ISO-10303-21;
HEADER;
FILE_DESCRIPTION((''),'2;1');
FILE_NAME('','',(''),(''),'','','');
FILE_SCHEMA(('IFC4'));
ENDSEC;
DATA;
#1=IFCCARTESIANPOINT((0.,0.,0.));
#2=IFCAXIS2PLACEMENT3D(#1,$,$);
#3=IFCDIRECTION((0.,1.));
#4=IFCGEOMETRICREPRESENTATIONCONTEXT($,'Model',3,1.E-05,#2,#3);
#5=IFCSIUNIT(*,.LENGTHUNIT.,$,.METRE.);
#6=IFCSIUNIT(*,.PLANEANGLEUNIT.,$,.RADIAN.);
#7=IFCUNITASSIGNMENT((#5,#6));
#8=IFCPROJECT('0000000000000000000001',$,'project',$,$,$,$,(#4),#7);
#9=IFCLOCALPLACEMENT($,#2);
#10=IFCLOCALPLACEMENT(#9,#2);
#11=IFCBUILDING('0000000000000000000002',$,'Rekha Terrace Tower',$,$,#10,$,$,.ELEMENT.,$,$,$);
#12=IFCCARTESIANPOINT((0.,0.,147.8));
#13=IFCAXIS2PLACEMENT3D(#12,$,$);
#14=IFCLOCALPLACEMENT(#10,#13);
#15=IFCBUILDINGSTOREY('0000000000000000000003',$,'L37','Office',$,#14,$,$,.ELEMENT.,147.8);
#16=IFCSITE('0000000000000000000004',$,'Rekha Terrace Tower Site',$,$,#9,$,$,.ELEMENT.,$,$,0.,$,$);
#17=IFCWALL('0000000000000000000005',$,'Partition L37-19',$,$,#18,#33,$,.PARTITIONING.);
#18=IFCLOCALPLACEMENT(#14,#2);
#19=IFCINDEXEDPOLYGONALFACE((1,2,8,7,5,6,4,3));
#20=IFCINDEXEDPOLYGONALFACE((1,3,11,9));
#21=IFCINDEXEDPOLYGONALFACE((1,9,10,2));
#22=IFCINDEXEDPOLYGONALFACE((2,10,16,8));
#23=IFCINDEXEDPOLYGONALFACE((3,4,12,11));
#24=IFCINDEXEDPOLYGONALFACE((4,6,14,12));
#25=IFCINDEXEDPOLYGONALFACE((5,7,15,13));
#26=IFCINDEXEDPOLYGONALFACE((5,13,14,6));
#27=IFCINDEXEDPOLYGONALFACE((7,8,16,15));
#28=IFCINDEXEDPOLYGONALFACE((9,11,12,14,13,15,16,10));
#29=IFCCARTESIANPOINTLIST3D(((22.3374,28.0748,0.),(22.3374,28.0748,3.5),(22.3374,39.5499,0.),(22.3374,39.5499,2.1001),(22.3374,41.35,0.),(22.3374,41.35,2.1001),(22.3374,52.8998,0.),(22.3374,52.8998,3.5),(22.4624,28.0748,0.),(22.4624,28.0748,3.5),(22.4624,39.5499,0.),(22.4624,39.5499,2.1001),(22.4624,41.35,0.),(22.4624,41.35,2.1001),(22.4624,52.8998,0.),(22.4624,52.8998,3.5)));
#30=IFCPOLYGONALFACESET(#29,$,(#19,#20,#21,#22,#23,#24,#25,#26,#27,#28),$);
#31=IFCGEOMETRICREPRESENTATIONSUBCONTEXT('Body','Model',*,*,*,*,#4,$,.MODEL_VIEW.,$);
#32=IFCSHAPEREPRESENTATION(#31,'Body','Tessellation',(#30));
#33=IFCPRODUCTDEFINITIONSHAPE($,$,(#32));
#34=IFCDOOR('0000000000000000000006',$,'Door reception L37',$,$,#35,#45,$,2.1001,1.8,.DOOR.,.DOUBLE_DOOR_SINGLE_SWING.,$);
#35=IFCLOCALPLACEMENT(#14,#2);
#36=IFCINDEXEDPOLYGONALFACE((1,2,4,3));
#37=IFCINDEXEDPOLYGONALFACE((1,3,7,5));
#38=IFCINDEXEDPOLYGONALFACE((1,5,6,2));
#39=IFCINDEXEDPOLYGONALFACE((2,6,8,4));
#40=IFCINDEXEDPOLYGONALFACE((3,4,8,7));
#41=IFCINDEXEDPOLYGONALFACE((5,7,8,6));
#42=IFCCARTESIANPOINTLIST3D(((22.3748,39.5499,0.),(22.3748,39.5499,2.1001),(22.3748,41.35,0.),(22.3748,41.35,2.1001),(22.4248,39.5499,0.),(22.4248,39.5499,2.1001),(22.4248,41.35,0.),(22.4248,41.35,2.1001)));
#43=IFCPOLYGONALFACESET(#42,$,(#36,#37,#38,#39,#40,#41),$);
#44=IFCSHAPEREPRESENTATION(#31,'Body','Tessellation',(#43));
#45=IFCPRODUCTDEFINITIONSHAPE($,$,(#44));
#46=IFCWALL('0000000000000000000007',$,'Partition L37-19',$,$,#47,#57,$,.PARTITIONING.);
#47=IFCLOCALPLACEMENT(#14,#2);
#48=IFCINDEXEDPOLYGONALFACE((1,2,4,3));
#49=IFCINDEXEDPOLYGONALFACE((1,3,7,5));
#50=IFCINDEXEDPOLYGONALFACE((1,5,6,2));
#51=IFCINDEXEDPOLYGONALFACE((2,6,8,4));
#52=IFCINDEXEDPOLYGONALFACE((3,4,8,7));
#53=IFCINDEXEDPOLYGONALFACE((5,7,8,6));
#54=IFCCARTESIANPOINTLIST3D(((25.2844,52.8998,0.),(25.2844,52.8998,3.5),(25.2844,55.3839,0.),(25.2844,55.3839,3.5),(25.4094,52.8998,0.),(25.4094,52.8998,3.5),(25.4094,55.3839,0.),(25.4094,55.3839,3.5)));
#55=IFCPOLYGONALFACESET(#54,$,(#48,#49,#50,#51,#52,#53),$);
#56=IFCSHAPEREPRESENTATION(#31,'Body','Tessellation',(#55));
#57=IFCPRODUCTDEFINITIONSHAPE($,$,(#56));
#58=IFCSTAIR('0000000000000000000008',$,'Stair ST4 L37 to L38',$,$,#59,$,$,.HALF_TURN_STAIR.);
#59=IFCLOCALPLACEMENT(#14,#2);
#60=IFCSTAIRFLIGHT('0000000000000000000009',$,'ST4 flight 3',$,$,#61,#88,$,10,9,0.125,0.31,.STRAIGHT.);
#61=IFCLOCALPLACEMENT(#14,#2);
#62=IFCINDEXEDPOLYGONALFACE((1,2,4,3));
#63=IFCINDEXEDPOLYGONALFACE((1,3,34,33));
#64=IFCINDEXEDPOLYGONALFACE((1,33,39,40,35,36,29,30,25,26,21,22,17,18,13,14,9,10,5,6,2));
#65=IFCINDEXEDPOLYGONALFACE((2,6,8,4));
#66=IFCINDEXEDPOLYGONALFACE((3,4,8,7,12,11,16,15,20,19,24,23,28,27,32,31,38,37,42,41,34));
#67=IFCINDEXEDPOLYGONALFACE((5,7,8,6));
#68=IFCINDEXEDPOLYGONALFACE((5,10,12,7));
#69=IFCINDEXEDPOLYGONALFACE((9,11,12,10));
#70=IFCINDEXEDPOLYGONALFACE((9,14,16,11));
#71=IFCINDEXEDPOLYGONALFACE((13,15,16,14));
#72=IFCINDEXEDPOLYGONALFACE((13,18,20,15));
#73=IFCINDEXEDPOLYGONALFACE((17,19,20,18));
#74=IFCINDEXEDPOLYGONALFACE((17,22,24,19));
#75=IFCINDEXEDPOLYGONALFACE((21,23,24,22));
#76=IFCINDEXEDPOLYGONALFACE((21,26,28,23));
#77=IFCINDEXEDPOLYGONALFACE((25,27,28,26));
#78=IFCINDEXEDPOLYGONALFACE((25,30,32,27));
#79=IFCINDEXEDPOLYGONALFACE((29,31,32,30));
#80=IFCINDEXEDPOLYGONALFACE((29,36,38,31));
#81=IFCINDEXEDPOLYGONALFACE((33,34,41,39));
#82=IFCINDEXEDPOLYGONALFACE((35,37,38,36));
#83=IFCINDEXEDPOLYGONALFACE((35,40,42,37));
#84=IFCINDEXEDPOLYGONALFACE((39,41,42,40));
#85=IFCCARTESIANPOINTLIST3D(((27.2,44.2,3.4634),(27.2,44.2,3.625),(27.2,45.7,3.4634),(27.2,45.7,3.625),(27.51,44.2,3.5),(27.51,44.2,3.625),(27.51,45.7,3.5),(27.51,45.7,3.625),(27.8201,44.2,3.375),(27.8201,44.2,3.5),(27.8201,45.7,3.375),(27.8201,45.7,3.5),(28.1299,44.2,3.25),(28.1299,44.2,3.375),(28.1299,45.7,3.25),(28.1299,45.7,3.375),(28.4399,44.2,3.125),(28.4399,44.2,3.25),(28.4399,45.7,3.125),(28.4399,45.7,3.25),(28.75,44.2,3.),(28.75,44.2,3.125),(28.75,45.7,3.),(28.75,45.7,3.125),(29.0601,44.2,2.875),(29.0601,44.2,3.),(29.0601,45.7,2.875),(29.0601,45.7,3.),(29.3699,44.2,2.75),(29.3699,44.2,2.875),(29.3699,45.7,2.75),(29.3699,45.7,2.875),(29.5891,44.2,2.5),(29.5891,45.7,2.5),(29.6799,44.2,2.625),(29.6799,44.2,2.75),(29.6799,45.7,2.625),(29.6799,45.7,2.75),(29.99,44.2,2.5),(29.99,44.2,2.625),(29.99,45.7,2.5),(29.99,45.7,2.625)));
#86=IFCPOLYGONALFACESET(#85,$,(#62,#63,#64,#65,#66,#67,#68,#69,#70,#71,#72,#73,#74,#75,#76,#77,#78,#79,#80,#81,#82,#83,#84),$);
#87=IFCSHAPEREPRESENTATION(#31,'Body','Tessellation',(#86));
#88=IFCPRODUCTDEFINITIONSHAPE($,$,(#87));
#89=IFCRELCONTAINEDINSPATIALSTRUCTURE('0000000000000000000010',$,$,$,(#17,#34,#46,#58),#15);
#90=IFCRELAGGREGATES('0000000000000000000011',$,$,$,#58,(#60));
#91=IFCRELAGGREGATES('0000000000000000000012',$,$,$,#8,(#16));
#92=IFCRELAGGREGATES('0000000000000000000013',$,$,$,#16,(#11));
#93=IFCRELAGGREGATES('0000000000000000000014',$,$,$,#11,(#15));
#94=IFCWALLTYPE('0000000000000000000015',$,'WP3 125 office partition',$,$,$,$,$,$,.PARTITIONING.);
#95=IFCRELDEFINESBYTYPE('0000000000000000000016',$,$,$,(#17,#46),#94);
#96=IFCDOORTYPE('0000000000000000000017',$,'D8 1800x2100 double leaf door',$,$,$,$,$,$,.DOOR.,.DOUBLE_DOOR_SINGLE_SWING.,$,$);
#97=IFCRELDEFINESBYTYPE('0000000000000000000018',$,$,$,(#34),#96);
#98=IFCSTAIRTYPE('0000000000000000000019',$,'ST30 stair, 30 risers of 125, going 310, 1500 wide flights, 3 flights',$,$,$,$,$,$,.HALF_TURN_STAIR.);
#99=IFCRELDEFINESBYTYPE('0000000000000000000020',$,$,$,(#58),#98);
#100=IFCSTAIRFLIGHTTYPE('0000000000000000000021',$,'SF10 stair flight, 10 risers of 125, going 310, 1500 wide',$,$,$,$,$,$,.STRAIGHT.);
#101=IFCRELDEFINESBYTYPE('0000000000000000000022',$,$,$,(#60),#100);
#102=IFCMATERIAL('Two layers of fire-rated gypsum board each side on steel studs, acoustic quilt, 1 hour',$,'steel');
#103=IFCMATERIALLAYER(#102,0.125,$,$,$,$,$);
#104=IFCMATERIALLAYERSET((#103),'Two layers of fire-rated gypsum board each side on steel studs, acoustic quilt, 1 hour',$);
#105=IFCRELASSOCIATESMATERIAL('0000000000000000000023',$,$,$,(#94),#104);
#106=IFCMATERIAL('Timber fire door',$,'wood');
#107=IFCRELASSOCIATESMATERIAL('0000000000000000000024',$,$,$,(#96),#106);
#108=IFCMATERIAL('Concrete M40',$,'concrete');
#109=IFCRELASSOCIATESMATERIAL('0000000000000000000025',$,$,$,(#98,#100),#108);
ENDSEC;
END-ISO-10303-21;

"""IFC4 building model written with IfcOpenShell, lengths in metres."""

from ifc_helpers import new_model, si_unit, direction, frame, frame_2d, origin, place, context, subcontext, project, spatial, polyline, rectangle, outline, extrude, material, layer, layer_set, type_object, element, fill, aggregate, save


model = new_model("IFC4")

# Units and contexts
model_context = context("Model", 3, precision=1e-05, world=origin(), true_north=direction((0.0, 1.0)))
body_context = subcontext(model_context, "Body", "Model", "MODEL_VIEW")
ifc_project = project(units=[si_unit("LENGTHUNIT", "METRE"), si_unit("PLANEANGLEUNIT", "RADIAN")], contexts=[model_context])

# Site, building, storey
site_placement = place(None, origin())
site = spatial("IfcSite", under=ifc_project, at=site_placement, Name="Rekha Terrace Tower Site", CompositionType="ELEMENT", RefElevation=0.0)
building_placement = place(site_placement, origin())
building = spatial("IfcBuilding", under=site, at=building_placement, Name="Rekha Terrace Tower", CompositionType="ELEMENT")
storey_placement = place(building_placement, frame((0.0, 0.0, 147.8)))
storey = spatial("IfcBuildingStorey", under=building, at=storey_placement, Name="L37", Description="Office", CompositionType="ELEMENT", Elevation=147.8)

# Shared definitions
ifc_material_1 = material(Name="Two layers of fire-rated gypsum board each side on steel studs, acoustic quilt, 1 hour", Category="steel")
ifc_layer_1 = layer(ifc_material_1, 0.125)
ifc_layer_set_1 = layer_set([ifc_layer_1], Name="Two layers of fire-rated gypsum board each side on steel studs, acoustic quilt, 1 hour")
wall_type_1 = type_object("IfcWallType", Name="WP3 125 office partition", PredefinedType="PARTITIONING", material=ifc_layer_set_1)

# Shared definitions
ifc_material_2 = material(Name="Timber fire door", Category="wood")

# Wall, opening, door
wall_1_placement = place(storey_placement, frame((22.3999, 52.8999, 0.0), z_axis=(0.0, 0.0, 1.0), x_axis=(0.0, -1.0, 0.0)))
wall_1 = element("IfcWall", 1, at=wall_1_placement, inside=storey, type_object=wall_type_1, Name="Partition L37-19", PredefinedType="PARTITIONING", context=body_context, shape_type="SweptSolid", body=[
    extrude(rectangle(XDim=24.825, YDim=0.125, at=frame_2d((12.4126, 0.0))), origin(), (0.0, 0.0, 1.0), 3.5),
])
opening_1_placement = place(wall_1_placement, frame((11.55, 0.0, 0.0)))
opening_1 = element("IfcOpeningElement", 2, at=opening_1_placement, cuts=wall_1, PredefinedType="OPENING", context=body_context, shape_type="SweptSolid", body=[
    extrude(rectangle(XDim=1.8, YDim=2.1001, at=frame_2d((0.8999, 1.05))), frame((0.0, 0.0725, 0.0), z_axis=(0.0, -1.0, 0.0), x_axis=(1.0, 0.0, 0.0)), (0.0, 0.0, 1.0), 0.145),
])
door_type_1 = type_object("IfcDoorType", Name="D8 1800x2100 double leaf door", OperationType="DOUBLE_DOOR_SINGLE_SWING", PredefinedType="DOOR", material=ifc_material_2)
door_1_placement = place(opening_1_placement, origin())
door_1 = element("IfcDoor", 3, at=door_1_placement, inside=storey, type_object=door_type_1, Name="Door reception L37", OperationType="DOUBLE_DOOR_SINGLE_SWING", OverallHeight=2.1001, OverallWidth=1.8, PredefinedType="DOOR", context=body_context, shape_type="SweptSolid", body=[
    extrude(rectangle(XDim=1.8, YDim=2.1001, at=frame_2d((0.8999, 1.05))), frame((0.0, 0.0249, 0.0), z_axis=(0.0, -1.0, 0.0), x_axis=(1.0, 0.0, 0.0)), (0.0, 0.0, 1.0), 0.05),
])
fill(opening_1, door_1)

# Wall
wall_2_placement = place(storey_placement, frame((25.3469, 55.384, 0.0), z_axis=(0.0, 0.0, 1.0), x_axis=(0.0, -1.0, 0.0)))
element("IfcWall", 4, at=wall_2_placement, inside=storey, type_object=wall_type_1, Name="Partition L37-19", PredefinedType="PARTITIONING", context=body_context, shape_type="SweptSolid", body=[
    extrude(rectangle(XDim=2.4841, YDim=0.125, at=frame_2d((1.2422, 0.0))), origin(), (0.0, 0.0, 1.0), 3.5),
])

# Stair, stair flight
ifc_material_3 = material(Name="Concrete M40", Category="concrete")
stair_type = type_object("IfcStairType", Name="ST30 stair, 30 risers of 125, going 310, 1500 wide flights, 3 flights", PredefinedType="HALF_TURN_STAIR", material=ifc_material_3)
stair_placement = place(storey_placement, origin())
stair = element("IfcStair", 5, at=stair_placement, inside=storey, type_object=stair_type, Name="Stair ST4 L37 to L38", PredefinedType="HALF_TURN_STAIR")
stair_flight_type = type_object("IfcStairFlightType", Name="SF10 stair flight, 10 risers of 125, going 310, 1500 wide", PredefinedType="STRAIGHT", material=ifc_material_3)
stair_flight_placement = place(storey_placement, frame((29.99, 44.95, 2.5), z_axis=(0.0, 0.0, 1.0), x_axis=(-1.0, 0.0, 0.0)))
stair_flight = element("IfcStairFlight", 6, at=stair_flight_placement, type_object=stair_flight_type, Name="ST4 flight 3", NumberOfRisers=10, NumberOfTreads=9, PredefinedType="STRAIGHT", RiserHeight=0.125, TreadLength=0.31, context=body_context, shape_type="SweptSolid", body=[
    extrude(outline(polyline([(0.0, 0.0), (0.0, 0.125), (0.3101, 0.125), (0.3101, 0.25), (0.6201, 0.25), (0.6201, 0.375), (0.9299, 0.375), (0.9299, 0.5), (1.24, 0.5), (1.24, 0.625), (1.55, 0.625), (1.55, 0.75), (1.8601, 0.75), (1.8601, 0.875), (2.1699, 0.875), (2.1699, 1.0), (2.48, 1.0), (2.48, 1.125), (2.79, 1.125), (2.79, 1.25), (2.79, 0.9634), (0.4009, 0.0), (0.0, 0.0)])), frame((0.0, 0.75, 0.0), z_axis=(0.0, -1.0, 0.0), x_axis=(1.0, 0.0, 0.0)), (0.0, 0.0, 1.0), 1.5),
])
aggregate(stair, [stair_flight])

save(model, "model.ifc")
